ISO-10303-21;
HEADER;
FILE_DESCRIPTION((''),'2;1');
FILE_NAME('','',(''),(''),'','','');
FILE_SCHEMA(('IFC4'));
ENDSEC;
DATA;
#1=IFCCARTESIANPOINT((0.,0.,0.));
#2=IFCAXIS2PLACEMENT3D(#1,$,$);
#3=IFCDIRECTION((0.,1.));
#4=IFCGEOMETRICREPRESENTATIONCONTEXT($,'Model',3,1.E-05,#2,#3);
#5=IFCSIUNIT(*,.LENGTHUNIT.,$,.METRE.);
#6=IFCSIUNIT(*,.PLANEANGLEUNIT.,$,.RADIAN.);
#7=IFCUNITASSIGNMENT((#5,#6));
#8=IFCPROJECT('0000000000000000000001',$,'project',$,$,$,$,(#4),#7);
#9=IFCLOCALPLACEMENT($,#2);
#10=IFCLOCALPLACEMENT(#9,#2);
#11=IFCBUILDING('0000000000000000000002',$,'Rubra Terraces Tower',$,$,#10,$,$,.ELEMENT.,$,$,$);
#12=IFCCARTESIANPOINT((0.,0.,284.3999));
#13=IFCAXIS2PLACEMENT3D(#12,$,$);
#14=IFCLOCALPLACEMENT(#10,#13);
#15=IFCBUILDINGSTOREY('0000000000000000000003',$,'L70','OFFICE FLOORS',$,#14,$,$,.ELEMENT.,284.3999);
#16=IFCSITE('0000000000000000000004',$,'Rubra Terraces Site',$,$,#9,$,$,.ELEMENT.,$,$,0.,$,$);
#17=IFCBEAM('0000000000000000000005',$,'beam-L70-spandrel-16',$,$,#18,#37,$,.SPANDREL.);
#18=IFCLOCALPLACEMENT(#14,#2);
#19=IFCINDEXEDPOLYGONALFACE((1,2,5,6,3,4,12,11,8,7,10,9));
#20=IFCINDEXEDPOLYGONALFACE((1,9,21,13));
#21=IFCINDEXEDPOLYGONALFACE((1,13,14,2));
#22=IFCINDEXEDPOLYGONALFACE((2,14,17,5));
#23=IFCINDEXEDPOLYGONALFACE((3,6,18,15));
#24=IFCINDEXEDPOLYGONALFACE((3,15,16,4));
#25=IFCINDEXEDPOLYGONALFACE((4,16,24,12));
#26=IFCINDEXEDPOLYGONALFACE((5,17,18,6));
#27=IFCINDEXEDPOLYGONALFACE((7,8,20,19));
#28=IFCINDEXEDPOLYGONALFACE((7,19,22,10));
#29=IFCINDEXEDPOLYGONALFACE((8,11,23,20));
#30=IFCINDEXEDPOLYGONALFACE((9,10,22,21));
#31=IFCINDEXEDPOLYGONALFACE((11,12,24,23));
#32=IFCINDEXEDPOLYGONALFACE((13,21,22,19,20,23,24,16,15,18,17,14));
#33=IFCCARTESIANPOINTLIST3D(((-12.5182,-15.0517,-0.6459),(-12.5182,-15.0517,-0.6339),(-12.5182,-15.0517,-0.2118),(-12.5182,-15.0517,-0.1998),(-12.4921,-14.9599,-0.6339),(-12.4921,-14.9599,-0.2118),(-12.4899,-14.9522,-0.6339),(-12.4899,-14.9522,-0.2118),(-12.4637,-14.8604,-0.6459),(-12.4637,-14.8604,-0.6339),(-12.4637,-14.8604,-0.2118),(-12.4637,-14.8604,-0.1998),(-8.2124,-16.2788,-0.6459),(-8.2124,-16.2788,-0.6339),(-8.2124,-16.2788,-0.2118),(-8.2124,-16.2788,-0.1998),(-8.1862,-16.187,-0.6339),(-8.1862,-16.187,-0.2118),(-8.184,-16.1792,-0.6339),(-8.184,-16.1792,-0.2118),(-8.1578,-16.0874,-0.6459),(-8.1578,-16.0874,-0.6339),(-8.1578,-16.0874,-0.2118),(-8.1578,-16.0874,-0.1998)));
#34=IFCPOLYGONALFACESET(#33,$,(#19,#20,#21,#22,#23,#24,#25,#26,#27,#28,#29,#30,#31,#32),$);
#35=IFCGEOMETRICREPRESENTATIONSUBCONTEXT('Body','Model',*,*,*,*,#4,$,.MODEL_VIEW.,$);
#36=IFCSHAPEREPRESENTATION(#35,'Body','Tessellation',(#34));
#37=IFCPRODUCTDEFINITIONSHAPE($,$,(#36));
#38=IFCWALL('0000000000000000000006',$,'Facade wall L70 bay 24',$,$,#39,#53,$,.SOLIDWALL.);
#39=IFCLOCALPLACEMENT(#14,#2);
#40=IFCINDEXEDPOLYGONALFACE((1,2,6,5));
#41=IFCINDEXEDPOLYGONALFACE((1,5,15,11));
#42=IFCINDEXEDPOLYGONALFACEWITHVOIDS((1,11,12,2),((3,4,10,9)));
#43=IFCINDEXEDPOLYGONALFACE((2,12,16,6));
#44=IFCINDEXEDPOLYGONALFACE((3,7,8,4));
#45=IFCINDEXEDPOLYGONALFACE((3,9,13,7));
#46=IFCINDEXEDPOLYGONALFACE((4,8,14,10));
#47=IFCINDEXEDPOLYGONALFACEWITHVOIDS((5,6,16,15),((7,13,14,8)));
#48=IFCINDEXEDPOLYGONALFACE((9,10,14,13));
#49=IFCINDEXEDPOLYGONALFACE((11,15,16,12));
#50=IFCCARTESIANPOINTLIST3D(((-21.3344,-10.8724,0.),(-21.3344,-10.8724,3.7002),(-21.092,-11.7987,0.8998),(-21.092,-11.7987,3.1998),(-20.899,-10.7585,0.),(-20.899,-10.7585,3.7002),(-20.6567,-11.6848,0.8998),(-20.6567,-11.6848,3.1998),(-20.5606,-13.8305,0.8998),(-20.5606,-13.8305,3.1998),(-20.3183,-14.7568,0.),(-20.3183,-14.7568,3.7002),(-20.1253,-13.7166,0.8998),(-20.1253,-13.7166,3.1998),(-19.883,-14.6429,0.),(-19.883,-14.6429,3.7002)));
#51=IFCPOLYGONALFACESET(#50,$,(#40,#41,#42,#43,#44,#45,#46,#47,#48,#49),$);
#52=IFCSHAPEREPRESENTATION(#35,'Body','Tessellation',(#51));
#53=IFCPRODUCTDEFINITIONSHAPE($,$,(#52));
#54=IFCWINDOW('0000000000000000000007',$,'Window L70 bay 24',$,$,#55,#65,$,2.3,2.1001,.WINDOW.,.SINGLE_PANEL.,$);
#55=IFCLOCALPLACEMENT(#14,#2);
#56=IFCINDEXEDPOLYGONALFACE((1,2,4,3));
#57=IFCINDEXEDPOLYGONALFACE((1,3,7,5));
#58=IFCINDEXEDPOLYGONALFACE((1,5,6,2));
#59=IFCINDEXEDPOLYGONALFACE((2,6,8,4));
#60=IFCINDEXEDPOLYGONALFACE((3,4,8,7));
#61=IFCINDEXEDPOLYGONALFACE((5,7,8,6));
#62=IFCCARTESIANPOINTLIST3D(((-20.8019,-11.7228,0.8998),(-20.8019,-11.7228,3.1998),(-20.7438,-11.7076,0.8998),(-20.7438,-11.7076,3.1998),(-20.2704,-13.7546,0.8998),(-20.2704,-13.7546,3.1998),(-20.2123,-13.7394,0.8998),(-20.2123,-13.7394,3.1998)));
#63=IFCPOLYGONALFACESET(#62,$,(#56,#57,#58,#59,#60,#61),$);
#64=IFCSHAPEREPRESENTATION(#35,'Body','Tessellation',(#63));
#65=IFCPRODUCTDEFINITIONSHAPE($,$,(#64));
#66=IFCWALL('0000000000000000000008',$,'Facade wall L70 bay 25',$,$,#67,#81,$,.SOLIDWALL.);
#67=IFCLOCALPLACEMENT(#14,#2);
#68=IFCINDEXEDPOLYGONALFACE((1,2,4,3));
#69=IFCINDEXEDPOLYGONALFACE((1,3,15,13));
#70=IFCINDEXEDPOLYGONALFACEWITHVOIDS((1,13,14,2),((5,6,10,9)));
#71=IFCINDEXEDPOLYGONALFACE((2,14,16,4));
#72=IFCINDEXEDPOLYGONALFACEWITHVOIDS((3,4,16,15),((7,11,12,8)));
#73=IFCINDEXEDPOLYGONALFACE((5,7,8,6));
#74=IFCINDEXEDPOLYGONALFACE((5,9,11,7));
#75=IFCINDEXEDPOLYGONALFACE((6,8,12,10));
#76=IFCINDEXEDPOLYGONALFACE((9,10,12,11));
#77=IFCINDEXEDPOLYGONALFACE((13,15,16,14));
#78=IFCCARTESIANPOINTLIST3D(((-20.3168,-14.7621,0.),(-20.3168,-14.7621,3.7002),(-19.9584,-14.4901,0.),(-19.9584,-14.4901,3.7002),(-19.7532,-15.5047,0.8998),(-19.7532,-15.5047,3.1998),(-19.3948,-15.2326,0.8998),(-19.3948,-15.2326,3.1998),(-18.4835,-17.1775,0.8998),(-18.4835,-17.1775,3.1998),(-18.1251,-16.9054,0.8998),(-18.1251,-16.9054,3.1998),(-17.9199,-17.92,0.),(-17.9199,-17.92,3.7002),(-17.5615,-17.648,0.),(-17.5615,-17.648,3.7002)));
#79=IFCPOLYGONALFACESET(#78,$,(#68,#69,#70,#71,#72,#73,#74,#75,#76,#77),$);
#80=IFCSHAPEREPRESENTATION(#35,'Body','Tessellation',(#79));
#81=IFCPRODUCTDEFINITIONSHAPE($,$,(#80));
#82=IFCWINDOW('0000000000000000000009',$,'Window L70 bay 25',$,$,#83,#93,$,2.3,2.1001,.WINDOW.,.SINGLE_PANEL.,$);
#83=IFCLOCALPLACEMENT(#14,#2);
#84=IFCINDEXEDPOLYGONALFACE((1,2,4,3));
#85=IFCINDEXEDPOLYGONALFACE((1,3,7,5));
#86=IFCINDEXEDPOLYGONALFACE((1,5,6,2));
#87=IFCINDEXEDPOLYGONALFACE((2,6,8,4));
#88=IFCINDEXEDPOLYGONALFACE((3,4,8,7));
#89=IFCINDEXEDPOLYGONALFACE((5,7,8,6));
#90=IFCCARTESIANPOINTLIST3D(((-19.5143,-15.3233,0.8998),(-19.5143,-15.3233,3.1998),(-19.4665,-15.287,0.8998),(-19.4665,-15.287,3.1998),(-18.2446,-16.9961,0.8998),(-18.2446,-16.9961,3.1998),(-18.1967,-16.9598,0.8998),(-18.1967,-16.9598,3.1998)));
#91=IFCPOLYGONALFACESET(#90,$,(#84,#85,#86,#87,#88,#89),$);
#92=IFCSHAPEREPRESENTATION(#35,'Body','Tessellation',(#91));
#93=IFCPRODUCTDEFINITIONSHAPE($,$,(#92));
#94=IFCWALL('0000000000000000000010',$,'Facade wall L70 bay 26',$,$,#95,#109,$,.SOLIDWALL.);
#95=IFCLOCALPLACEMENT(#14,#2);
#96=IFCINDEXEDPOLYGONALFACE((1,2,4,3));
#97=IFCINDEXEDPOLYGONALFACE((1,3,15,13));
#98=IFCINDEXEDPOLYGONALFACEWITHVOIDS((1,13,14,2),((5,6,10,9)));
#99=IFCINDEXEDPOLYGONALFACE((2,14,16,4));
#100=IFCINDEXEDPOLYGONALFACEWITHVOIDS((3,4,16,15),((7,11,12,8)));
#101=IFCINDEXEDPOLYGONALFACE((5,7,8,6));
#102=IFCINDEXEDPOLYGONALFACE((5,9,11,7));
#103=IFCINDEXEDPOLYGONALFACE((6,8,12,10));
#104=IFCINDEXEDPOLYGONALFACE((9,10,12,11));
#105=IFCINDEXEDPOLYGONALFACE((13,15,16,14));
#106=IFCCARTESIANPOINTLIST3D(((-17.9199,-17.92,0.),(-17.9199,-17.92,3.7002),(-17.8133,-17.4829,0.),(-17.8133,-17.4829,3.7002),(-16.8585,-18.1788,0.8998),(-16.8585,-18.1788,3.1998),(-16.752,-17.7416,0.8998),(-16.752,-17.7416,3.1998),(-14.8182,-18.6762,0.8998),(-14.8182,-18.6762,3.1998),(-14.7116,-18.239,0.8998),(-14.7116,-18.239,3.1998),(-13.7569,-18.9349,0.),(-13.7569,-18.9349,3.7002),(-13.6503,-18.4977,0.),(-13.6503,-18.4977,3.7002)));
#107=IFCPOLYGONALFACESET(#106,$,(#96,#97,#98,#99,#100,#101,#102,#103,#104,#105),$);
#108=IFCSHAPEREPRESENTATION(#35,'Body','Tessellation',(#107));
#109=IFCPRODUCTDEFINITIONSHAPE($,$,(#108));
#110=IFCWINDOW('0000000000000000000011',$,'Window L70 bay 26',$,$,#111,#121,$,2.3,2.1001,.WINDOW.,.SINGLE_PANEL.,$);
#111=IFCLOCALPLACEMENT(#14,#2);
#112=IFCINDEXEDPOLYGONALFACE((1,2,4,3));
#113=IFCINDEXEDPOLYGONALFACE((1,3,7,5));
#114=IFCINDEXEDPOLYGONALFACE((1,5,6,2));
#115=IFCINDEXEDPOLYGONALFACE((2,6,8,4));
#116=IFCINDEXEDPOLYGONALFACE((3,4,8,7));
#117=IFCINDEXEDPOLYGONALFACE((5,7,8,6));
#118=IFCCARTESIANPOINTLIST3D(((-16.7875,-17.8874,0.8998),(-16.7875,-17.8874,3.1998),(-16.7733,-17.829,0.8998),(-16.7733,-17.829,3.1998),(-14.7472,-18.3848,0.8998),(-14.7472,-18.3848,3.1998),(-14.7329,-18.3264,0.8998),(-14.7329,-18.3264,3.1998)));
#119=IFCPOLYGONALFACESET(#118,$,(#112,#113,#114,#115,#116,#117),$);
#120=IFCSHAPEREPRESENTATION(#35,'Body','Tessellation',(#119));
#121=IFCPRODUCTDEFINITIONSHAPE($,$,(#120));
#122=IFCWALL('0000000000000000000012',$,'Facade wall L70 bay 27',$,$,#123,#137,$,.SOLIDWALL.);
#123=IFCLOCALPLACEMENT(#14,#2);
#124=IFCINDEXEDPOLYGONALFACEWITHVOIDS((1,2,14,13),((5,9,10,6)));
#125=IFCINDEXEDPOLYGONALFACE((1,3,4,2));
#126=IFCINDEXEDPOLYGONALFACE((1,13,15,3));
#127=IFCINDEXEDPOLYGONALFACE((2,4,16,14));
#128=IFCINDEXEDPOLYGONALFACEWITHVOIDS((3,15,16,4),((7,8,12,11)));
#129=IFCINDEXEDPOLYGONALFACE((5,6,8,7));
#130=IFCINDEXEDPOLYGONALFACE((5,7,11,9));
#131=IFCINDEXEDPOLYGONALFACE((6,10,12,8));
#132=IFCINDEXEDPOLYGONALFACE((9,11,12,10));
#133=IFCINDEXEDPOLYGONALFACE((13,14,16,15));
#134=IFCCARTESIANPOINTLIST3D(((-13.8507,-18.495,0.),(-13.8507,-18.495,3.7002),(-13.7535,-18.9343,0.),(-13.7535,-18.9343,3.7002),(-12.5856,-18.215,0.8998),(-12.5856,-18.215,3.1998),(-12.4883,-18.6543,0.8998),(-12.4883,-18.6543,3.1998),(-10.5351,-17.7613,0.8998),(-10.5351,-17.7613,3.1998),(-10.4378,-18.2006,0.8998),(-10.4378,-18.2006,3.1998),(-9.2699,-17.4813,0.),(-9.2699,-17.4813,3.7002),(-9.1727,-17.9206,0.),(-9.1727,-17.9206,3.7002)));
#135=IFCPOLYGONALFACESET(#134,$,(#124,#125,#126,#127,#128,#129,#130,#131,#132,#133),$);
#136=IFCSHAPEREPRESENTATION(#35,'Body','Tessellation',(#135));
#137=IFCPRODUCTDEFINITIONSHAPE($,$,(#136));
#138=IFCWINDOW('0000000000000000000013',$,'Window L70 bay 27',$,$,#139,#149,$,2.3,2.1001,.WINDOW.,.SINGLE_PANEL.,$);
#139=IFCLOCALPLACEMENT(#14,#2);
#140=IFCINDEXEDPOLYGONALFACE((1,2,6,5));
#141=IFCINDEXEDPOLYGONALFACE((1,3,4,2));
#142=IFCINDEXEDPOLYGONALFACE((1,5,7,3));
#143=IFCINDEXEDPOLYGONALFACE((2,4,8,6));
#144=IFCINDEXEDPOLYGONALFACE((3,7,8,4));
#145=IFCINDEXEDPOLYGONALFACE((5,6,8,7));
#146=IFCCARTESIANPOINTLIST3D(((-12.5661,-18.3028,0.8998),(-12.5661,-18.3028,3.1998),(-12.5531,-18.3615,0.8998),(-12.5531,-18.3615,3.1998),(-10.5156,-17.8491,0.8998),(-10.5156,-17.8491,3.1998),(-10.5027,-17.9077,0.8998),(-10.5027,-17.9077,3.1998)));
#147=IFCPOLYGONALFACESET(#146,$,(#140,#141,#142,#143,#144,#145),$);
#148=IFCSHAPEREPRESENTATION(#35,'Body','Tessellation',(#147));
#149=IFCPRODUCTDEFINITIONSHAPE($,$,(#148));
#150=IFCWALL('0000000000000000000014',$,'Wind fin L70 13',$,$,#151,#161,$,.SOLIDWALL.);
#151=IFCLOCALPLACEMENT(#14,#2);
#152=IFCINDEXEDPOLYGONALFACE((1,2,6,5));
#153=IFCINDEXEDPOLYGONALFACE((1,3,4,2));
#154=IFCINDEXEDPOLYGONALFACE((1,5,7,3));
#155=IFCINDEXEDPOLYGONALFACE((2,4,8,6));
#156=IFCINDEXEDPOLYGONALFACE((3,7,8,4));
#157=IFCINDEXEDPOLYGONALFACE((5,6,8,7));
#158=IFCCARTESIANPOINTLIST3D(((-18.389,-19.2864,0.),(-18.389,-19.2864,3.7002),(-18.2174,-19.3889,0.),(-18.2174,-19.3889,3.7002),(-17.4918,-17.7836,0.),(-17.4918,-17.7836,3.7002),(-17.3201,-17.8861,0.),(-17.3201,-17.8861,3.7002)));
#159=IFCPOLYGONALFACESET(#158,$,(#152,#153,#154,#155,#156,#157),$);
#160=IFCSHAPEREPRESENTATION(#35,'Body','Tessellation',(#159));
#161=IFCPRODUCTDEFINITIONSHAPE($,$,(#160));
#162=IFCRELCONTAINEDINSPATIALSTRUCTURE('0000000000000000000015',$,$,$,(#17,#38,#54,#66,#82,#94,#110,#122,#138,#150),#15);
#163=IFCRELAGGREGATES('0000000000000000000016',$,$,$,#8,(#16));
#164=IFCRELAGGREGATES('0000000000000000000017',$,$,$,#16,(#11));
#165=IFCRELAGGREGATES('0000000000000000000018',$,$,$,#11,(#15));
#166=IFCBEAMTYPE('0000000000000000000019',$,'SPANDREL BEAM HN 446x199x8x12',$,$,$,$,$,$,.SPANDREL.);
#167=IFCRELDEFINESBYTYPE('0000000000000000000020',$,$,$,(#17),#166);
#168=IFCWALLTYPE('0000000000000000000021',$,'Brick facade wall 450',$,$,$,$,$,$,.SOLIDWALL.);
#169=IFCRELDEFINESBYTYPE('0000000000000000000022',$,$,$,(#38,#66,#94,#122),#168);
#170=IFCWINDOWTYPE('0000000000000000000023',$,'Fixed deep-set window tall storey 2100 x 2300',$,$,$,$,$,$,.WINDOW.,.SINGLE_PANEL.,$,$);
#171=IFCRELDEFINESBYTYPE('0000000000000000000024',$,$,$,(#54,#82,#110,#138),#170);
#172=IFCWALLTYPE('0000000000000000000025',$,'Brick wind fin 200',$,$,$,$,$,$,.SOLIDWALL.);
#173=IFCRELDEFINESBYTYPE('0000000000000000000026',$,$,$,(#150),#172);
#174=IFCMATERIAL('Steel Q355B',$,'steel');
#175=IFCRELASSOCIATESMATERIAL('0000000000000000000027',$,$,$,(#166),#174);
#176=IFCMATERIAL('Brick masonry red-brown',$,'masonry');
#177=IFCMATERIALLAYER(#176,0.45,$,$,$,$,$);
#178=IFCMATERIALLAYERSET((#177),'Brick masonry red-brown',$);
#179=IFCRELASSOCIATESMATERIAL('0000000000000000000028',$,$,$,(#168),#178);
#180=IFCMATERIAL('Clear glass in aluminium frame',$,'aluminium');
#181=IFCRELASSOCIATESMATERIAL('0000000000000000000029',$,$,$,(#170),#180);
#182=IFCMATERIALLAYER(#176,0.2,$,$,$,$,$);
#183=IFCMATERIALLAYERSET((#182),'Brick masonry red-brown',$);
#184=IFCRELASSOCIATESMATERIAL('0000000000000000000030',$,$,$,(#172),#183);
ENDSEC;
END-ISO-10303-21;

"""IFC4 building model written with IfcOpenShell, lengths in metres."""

from ifc_helpers import new_model, si_unit, direction, frame, frame_2d, origin, origin_2d, place, context, subcontext, project, spatial, rectangle, i_section, extrude, material, layer, layer_set, material_profile, profile_set, type_object, element, fill, save


model = new_model("IFC4")

# Units and contexts
model_context = context("Model", 3, precision=1e-05, world=origin(), true_north=direction((0.0, 1.0)))
body_context = subcontext(model_context, "Body", "Model", "MODEL_VIEW")
ifc_project = project(units=[si_unit("LENGTHUNIT", "METRE"), si_unit("PLANEANGLEUNIT", "RADIAN")], contexts=[model_context])

# Site, building, storey
site_placement = place(None, origin())
site = spatial("IfcSite", under=ifc_project, at=site_placement, Name="Rubra Terraces Site", CompositionType="ELEMENT", RefElevation=0.0)
building_placement = place(site_placement, origin())
building = spatial("IfcBuilding", under=site, at=building_placement, Name="Rubra Terraces Tower", CompositionType="ELEMENT")
storey_placement = place(building_placement, frame((0.0, 0.0, 284.3999)))
storey = spatial("IfcBuildingStorey", under=building, at=storey_placement, Name="L70", Description="OFFICE FLOORS", CompositionType="ELEMENT", Elevation=284.3999)

# Beam
ifc_material_1 = material(Name="Steel Q355B", Category="steel")
ifc_material_profile_1 = material_profile(ifc_material_1, i_section(OverallWidth=0.199, OverallDepth=0.446, WebThickness=0.0081, FlangeThickness=0.012, at=origin_2d()), Name="HN 446x199x8x12")
ifc_profile_set_1 = profile_set([ifc_material_profile_1], Name="Steel Q355B")
beam_type_1 = type_object("IfcBeamType", Name="SPANDREL BEAM HN 446x199x8x12", PredefinedType="SPANDREL", material=ifc_profile_set_1)
beam_1_placement = place(storey_placement, frame((-12.491, -14.9561, -0.4229), z_axis=(0.961713, -0.274058, 0.0), x_axis=(0.274058, 0.961713, 0.0)))
element("IfcBeam", 1, at=beam_1_placement, inside=storey, type_object=beam_type_1, Name="beam-L70-spandrel-16", PredefinedType="SPANDREL", context=body_context, shape_type="SweptSolid", body=[
    extrude(i_section(OverallWidth=0.199, OverallDepth=0.446, WebThickness=0.0081, FlangeThickness=0.012, at=origin_2d()), origin(), (0.0, 0.0, 1.0), 4.4773),
])

# Walls, openings, windows
ifc_material_2 = material(Name="Brick masonry red-brown", Category="masonry")
ifc_layer_1 = layer(ifc_material_2, 0.45)
ifc_layer_set_1 = layer_set([ifc_layer_1], Name="Brick masonry red-brown")
wall_type_1 = type_object("IfcWallType", Name="Brick facade wall 450", PredefinedType="SOLIDWALL", material=ifc_layer_set_1)
wall_1_placement = place(storey_placement, frame((-21.1167, -10.8154, 0.0), z_axis=(0.0, 0.0, 1.0), x_axis=(0.253065, -0.967449, 0.0)))
wall_1 = element("IfcWall", 2, at=wall_1_placement, inside=storey, type_object=wall_type_1, Name="Facade wall L70 bay 24", PredefinedType="SOLIDWALL", context=body_context, shape_type="SweptSolid", body=[
    extrude(rectangle(XDim=4.0151, YDim=0.45, at=frame_2d((2.0076, 0.0))), origin(), (0.0, 0.0, 1.0), 3.7002),
])
opening_1_placement = place(wall_1_placement, frame((0.9575, 0.0, 0.8999)))
opening_1 = element("IfcOpeningElement", 3, at=opening_1_placement, cuts=wall_1, PredefinedType="OPENING", context=body_context, shape_type="SweptSolid", body=[
    extrude(rectangle(XDim=2.1001, YDim=2.3, at=frame_2d((1.05, 1.1499))), frame((0.0, 0.2349, 0.0), z_axis=(0.0, -1.0, 0.0), x_axis=(1.0, 0.0, 0.0)), (0.0, 0.0, 1.0), 0.47),
])
ifc_material_3 = material(Name="Clear glass in aluminium frame", Category="aluminium")
window_type = type_object("IfcWindowType", Name="Fixed deep-set window tall storey 2100 x 2300", PartitioningType="SINGLE_PANEL", PredefinedType="WINDOW", material=ifc_material_3)
window_1_placement = place(opening_1_placement, origin())
window_1 = element("IfcWindow", 4, at=window_1_placement, inside=storey, type_object=window_type, Name="Window L70 bay 24", OverallHeight=2.3, OverallWidth=2.1001, PartitioningType="SINGLE_PANEL", PredefinedType="WINDOW", context=body_context, shape_type="SweptSolid", body=[
    extrude(rectangle(XDim=2.1001, YDim=2.3, at=frame_2d((1.05, 1.1499))), frame((0.0, 0.135, 0.0), z_axis=(0.0, -1.0, 0.0), x_axis=(1.0, 0.0, 0.0)), (0.0, 0.0, 1.0), 0.0601),
])
fill(opening_1, window_1)
wall_2_placement = place(storey_placement, frame((-20.1377, -14.626, 0.0), z_axis=(0.0, 0.0, 1.0), x_axis=(0.604591, -0.796536, 0.0)))
wall_2 = element("IfcWall", 5, at=wall_2_placement, inside=storey, type_object=wall_type_1, Name="Facade wall L70 bay 25", PredefinedType="SOLIDWALL", context=body_context, shape_type="SweptSolid", body=[
    extrude(rectangle(XDim=3.9646, YDim=0.45, at=frame_2d((1.9824, 0.0))), origin(), (0.0, 0.0, 1.0), 3.7002),
])
opening_2_placement = place(wall_2_placement, frame((0.9324, 0.0, 0.8999)))
opening_2 = element("IfcOpeningElement", 6, at=opening_2_placement, cuts=wall_2, PredefinedType="OPENING", context=body_context, shape_type="SweptSolid", body=[
    extrude(rectangle(XDim=2.1001, YDim=2.3, at=frame_2d((1.05, 1.1499))), frame((0.0, 0.2349, 0.0), z_axis=(0.0, -1.0, 0.0), x_axis=(1.0, 0.0, 0.0)), (0.0, 0.0, 1.0), 0.47),
])
window_2_placement = place(opening_2_placement, origin())
window_2 = element("IfcWindow", 7, at=window_2_placement, inside=storey, type_object=window_type, Name="Window L70 bay 25", OverallHeight=2.3, OverallWidth=2.1001, PartitioningType="SINGLE_PANEL", PredefinedType="WINDOW", context=body_context, shape_type="SweptSolid", body=[
    extrude(rectangle(XDim=2.1001, YDim=2.3, at=frame_2d((1.05, 1.1499))), frame((0.0, 0.135, 0.0), z_axis=(0.0, -1.0, 0.0), x_axis=(1.0, 0.0, 0.0)), (0.0, 0.0, 1.0), 0.0601),
])
fill(opening_2, window_2)
wall_3_placement = place(storey_placement, frame((-17.8667, -17.7014, 0.0), z_axis=(0.0, 0.0, 1.0), x_axis=(0.971547, -0.236847, 0.0)))
wall_3 = element("IfcWall", 8, at=wall_3_placement, inside=storey, type_object=wall_type_1, Name="Facade wall L70 bay 26", PredefinedType="SOLIDWALL", context=body_context, shape_type="SweptSolid", body=[
    extrude(rectangle(XDim=4.2849, YDim=0.45, at=frame_2d((2.1426, 0.0))), origin(), (0.0, 0.0, 1.0), 3.7002),
])
opening_3_placement = place(wall_3_placement, frame((1.0925, 0.0, 0.8999)))
opening_3 = element("IfcOpeningElement", 9, at=opening_3_placement, cuts=wall_3, PredefinedType="OPENING", context=body_context, shape_type="SweptSolid", body=[
    extrude(rectangle(XDim=2.1001, YDim=2.3, at=frame_2d((1.05, 1.1499))), frame((0.0, 0.2349, 0.0), z_axis=(0.0, -1.0, 0.0), x_axis=(1.0, 0.0, 0.0)), (0.0, 0.0, 1.0), 0.47),
])
window_3_placement = place(opening_3_placement, origin())
window_3 = element("IfcWindow", 10, at=window_3_placement, inside=storey, type_object=window_type, Name="Window L70 bay 26", OverallHeight=2.3, OverallWidth=2.1001, PartitioningType="SINGLE_PANEL", PredefinedType="WINDOW", context=body_context, shape_type="SweptSolid", body=[
    extrude(rectangle(XDim=2.1001, YDim=2.3, at=frame_2d((1.05, 1.1499))), frame((0.0, 0.135, 0.0), z_axis=(0.0, -1.0, 0.0), x_axis=(1.0, 0.0, 0.0)), (0.0, 0.0, 1.0), 0.0601),
])
fill(opening_3, window_3)
wall_4_placement = place(storey_placement, frame((-13.802, -18.7146, 0.0), z_axis=(0.0, 0.0, 1.0), x_axis=(0.97638, 0.21606, 0.0)))
wall_4 = element("IfcWall", 11, at=wall_4_placement, inside=storey, type_object=wall_type_1, Name="Facade wall L70 bay 27", PredefinedType="SOLIDWALL", context=body_context, shape_type="SweptSolid", body=[
    extrude(rectangle(XDim=4.6917, YDim=0.45, at=frame_2d((2.3457, 0.0))), origin(), (0.0, 0.0, 1.0), 3.7002),
])
opening_4_placement = place(wall_4_placement, frame((1.2957, 0.0, 0.8999)))
opening_4 = element("IfcOpeningElement", 12, at=opening_4_placement, cuts=wall_4, PredefinedType="OPENING", context=body_context, shape_type="SweptSolid", body=[
    extrude(rectangle(XDim=2.1001, YDim=2.3, at=frame_2d((1.05, 1.1499))), frame((0.0, 0.2349, 0.0), z_axis=(0.0, -1.0, 0.0), x_axis=(1.0, 0.0, 0.0)), (0.0, 0.0, 1.0), 0.47),
])
window_4_placement = place(opening_4_placement, origin())
window_4 = element("IfcWindow", 13, at=window_4_placement, inside=storey, type_object=window_type, Name="Window L70 bay 27", OverallHeight=2.3, OverallWidth=2.1001, PartitioningType="SINGLE_PANEL", PredefinedType="WINDOW", context=body_context, shape_type="SweptSolid", body=[
    extrude(rectangle(XDim=2.1001, YDim=2.3, at=frame_2d((1.05, 1.1499))), frame((0.0, 0.135, 0.0), z_axis=(0.0, -1.0, 0.0), x_axis=(1.0, 0.0, 0.0)), (0.0, 0.0, 1.0), 0.0601),
])
fill(opening_4, window_4)

# Wall
ifc_layer_2 = layer(ifc_material_2, 0.2)
ifc_layer_set_2 = layer_set([ifc_layer_2], Name="Brick masonry red-brown")
wall_type_2 = type_object("IfcWallType", Name="Brick wind fin 200", PredefinedType="SOLIDWALL", material=ifc_layer_set_2)
wall_5_placement = place(storey_placement, frame((-17.406, -17.835, 0.0), z_axis=(0.0, 0.0, 1.0), x_axis=(-0.512648, -0.858599, 0.0)))
element("IfcWall", 14, at=wall_5_placement, inside=storey, type_object=wall_type_2, Name="Wind fin L70 13", PredefinedType="SOLIDWALL", context=body_context, shape_type="SweptSolid", body=[
    extrude(rectangle(XDim=1.7502, YDim=0.2, at=frame_2d((0.875, 0.0))), origin(), (0.0, 0.0, 1.0), 3.7002),
])

save(model, "model.ifc")
